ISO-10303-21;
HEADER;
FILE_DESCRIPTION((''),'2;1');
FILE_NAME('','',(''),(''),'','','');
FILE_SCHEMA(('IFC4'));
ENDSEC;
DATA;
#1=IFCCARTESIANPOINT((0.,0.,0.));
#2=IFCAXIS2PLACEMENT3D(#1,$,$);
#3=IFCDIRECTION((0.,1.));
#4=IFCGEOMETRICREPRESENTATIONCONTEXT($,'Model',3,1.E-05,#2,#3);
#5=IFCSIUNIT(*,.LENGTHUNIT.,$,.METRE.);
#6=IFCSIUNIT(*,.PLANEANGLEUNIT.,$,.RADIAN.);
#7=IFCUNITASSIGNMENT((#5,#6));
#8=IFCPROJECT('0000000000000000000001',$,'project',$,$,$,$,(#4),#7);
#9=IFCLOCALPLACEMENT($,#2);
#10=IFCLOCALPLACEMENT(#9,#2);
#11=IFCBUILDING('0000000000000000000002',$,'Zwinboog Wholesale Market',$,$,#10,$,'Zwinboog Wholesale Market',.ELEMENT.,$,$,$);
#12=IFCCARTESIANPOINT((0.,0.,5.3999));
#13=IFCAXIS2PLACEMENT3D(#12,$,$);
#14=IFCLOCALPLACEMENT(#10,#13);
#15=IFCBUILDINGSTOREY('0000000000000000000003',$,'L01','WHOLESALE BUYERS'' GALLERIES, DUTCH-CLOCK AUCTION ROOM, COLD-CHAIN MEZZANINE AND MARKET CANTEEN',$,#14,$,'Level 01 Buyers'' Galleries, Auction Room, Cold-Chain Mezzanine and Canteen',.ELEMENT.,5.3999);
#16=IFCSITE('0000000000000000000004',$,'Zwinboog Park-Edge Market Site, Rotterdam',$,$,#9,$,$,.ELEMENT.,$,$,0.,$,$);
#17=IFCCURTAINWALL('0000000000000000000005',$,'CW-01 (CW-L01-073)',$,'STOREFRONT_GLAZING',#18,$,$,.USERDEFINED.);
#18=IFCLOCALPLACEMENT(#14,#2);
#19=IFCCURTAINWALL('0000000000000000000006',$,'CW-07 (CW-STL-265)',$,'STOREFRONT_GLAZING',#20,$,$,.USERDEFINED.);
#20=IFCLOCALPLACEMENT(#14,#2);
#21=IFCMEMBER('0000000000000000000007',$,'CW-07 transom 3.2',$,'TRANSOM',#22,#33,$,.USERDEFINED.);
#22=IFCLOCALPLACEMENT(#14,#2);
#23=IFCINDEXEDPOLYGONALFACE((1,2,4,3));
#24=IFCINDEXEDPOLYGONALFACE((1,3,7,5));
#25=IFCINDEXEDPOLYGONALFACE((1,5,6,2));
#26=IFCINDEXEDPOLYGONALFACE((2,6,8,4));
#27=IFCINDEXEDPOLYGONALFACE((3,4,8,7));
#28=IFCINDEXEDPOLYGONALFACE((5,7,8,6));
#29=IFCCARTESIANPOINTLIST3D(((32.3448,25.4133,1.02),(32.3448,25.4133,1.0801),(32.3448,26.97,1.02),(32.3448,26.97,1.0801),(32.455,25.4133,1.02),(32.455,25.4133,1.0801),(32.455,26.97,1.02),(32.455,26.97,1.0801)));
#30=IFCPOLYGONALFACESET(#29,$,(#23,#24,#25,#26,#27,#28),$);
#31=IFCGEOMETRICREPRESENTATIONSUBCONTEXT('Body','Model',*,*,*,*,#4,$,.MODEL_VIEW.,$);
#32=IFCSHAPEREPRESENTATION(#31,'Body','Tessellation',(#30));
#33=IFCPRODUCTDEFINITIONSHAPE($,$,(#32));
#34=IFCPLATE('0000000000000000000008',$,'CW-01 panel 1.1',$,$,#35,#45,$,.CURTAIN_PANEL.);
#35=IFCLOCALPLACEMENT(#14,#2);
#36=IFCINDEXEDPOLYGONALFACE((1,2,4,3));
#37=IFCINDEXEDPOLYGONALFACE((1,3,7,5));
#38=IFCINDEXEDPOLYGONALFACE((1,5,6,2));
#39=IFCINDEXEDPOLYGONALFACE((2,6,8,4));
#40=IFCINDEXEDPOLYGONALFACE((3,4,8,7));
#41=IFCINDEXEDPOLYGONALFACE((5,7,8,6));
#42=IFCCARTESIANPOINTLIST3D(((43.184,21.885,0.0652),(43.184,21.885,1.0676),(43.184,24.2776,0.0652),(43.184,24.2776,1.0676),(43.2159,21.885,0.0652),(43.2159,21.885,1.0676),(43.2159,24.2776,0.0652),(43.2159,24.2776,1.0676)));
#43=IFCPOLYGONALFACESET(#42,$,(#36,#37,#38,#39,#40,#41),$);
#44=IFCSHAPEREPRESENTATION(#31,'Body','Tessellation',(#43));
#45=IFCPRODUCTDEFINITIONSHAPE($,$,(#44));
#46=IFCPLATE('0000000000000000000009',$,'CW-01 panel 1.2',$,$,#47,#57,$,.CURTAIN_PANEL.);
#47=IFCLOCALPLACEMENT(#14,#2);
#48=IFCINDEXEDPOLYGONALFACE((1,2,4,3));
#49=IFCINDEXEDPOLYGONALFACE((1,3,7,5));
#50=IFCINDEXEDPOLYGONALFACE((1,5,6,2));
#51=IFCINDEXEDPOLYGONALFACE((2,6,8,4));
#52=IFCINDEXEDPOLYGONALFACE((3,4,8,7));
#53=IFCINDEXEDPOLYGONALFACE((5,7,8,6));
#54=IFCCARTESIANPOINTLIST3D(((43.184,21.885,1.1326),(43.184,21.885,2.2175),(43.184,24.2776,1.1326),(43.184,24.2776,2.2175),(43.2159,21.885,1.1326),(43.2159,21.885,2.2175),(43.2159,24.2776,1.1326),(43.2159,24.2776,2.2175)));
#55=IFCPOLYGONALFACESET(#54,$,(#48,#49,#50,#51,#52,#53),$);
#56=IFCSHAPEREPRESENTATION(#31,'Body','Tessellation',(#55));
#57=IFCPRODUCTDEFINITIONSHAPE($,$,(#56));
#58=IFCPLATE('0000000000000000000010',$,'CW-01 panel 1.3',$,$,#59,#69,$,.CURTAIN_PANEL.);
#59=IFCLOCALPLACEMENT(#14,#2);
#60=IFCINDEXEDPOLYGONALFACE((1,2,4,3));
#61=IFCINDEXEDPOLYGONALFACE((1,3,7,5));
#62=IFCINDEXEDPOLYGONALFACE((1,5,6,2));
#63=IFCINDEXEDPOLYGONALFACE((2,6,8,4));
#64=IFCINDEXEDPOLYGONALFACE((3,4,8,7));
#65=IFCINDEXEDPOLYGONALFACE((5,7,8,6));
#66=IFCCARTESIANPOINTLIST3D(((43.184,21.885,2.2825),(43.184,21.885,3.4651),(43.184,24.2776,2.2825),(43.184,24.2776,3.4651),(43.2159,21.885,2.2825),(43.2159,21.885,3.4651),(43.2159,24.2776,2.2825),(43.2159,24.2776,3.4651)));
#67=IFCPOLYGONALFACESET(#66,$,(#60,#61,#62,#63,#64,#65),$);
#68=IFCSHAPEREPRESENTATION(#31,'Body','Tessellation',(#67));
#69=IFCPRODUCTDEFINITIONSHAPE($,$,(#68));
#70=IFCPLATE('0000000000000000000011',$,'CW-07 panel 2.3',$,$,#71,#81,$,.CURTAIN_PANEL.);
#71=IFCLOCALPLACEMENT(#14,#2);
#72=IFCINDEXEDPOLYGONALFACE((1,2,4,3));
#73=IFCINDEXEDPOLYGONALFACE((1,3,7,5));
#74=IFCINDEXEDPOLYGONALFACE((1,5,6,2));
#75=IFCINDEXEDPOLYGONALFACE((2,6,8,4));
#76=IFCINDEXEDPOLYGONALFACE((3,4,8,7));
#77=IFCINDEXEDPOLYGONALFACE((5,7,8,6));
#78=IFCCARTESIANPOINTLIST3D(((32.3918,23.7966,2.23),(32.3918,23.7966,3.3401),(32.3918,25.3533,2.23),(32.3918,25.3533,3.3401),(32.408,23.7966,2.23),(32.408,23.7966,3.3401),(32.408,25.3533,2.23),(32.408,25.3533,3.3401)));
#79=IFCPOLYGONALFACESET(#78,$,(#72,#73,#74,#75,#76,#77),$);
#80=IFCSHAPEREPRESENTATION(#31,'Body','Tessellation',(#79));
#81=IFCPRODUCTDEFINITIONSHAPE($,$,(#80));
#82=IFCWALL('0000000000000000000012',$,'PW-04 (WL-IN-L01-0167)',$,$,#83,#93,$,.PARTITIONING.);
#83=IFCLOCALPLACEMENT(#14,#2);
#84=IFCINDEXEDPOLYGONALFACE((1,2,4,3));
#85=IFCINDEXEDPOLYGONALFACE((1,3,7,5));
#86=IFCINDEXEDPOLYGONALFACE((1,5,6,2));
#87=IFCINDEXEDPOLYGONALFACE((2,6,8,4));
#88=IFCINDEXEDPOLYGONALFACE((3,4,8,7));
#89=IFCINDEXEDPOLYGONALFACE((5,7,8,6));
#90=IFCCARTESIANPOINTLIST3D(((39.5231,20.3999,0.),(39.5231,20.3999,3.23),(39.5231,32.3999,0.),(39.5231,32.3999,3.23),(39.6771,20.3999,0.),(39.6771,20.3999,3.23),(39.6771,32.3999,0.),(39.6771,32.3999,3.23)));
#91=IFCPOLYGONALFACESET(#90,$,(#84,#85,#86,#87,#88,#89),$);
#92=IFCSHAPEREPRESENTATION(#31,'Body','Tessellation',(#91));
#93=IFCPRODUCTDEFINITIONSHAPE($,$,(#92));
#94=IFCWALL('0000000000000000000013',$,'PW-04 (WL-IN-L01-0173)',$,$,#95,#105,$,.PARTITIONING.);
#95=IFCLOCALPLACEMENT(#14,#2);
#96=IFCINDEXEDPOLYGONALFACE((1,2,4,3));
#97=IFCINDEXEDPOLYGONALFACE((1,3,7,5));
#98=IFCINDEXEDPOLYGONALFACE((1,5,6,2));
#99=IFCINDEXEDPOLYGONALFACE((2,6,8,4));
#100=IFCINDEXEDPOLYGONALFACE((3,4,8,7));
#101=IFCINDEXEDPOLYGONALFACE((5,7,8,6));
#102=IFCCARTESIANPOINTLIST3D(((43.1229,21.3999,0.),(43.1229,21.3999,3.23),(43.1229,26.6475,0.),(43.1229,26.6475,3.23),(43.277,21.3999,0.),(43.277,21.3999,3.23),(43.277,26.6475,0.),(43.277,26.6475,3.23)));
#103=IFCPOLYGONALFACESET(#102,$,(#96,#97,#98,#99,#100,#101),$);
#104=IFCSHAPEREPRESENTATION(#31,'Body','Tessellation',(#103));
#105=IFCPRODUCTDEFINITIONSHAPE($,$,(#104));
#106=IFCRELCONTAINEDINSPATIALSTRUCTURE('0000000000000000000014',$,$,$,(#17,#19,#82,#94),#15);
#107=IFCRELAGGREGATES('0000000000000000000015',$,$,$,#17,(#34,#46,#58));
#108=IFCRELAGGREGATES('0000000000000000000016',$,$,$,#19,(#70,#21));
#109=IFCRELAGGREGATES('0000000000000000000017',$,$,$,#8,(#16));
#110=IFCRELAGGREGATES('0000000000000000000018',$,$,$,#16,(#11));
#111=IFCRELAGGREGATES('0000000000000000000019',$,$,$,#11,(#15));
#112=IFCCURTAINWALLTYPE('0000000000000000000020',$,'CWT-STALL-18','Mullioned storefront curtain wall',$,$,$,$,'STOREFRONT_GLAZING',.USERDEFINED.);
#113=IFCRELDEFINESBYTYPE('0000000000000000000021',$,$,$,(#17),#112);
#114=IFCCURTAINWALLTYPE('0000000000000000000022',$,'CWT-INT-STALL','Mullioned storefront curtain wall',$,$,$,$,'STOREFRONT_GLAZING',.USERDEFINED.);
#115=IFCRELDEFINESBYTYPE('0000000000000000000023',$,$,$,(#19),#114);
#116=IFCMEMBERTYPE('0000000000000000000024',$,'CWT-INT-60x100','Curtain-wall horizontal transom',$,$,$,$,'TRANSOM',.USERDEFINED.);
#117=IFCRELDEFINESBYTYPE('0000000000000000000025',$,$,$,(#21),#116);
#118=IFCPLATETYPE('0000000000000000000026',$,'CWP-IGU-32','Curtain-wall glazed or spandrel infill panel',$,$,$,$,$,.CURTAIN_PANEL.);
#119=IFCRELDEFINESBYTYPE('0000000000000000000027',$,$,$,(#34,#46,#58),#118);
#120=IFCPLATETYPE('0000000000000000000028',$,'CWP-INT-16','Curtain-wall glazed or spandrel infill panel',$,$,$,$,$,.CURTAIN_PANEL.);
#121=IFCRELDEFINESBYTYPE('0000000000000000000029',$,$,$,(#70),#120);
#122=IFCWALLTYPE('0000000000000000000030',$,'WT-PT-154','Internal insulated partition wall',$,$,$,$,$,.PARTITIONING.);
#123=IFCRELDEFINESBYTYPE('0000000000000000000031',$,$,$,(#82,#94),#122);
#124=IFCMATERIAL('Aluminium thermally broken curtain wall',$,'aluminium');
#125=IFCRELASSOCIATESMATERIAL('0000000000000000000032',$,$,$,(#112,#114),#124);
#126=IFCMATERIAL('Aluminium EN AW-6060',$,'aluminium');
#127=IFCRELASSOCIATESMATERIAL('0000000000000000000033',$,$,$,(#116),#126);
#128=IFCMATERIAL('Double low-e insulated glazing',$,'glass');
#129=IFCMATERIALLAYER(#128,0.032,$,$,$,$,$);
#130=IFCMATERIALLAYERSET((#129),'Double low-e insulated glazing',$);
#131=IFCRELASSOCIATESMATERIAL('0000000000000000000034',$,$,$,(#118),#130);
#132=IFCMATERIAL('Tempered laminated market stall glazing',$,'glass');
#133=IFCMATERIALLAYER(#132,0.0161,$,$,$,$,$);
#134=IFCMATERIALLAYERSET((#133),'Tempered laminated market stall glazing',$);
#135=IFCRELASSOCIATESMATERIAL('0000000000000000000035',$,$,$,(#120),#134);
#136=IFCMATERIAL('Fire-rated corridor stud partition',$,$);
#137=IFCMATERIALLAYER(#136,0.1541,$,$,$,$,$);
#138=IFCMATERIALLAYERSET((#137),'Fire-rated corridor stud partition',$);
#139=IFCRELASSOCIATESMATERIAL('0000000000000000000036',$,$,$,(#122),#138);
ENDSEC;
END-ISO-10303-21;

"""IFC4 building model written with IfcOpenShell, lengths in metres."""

from ifc_helpers import new_model, si_unit, direction, frame, frame_2d, origin, origin_2d, place, context, subcontext, project, spatial, rectangle, extrude, material, layer, layer_set, material_profile, profile_set, type_object, element, aggregate, save


model = new_model("IFC4")

# Units and contexts
model_context = context("Model", 3, precision=1e-05, world=origin(), true_north=direction((0.0, 1.0)))
body_context = subcontext(model_context, "Body", "Model", "MODEL_VIEW")
ifc_project = project(units=[si_unit("LENGTHUNIT", "METRE"), si_unit("PLANEANGLEUNIT", "RADIAN")], contexts=[model_context])

# Site, building, storey
site_placement = place(None, origin())
site = spatial("IfcSite", under=ifc_project, at=site_placement, Name="Zwinboog Park-Edge Market Site, Rotterdam", CompositionType="ELEMENT", RefElevation=0.0)
building_placement = place(site_placement, origin())
building = spatial("IfcBuilding", under=site, at=building_placement, Name="Zwinboog Wholesale Market", LongName="Zwinboog Wholesale Market", CompositionType="ELEMENT")
storey_placement = place(building_placement, frame((0.0, 0.0, 5.3999)))
storey = spatial("IfcBuildingStorey", under=building, at=storey_placement, Name="L01", Description="WHOLESALE BUYERS' GALLERIES, DUTCH-CLOCK AUCTION ROOM, COLD-CHAIN MEZZANINE AND MARKET CANTEEN", LongName="Level 01 Buyers' Galleries, Auction Room, Cold-Chain Mezzanine and Canteen", CompositionType="ELEMENT", Elevation=5.3999)

# Curtain walls, member
ifc_material_1 = material(Name="Aluminium thermally broken curtain wall", Category="aluminium")
curtain_wall_type_1 = type_object("IfcCurtainWallType", Name="CWT-STALL-18", Description="Mullioned storefront curtain wall", ElementType="STOREFRONT_GLAZING", PredefinedType="USERDEFINED", material=ifc_material_1)
curtain_wall_1_placement = place(storey_placement, origin())
curtain_wall_1 = element("IfcCurtainWall", 1, at=curtain_wall_1_placement, inside=storey, type_object=curtain_wall_type_1, Name="CW-01 (CW-L01-073)", ObjectType="STOREFRONT_GLAZING", PredefinedType="USERDEFINED")
ifc_material_2 = material(Name="Aluminium EN AW-6060", Category="aluminium")
curtain_wall_type_2 = type_object("IfcCurtainWallType", Name="CWT-INT-STALL", Description="Mullioned storefront curtain wall", ElementType="STOREFRONT_GLAZING", PredefinedType="USERDEFINED", material=ifc_material_1)
curtain_wall_2_placement = place(storey_placement, origin())
curtain_wall_2 = element("IfcCurtainWall", 2, at=curtain_wall_2_placement, inside=storey, type_object=curtain_wall_type_2, Name="CW-07 (CW-STL-265)", ObjectType="STOREFRONT_GLAZING", PredefinedType="USERDEFINED")
ifc_material_profile_1 = material_profile(ifc_material_2, rectangle(XDim=0.1101, YDim=0.0601, at=origin_2d()), Name="AL 60x110")
ifc_profile_set_1 = profile_set([ifc_material_profile_1], Name="Aluminium EN AW-6060")
member_type_1 = type_object("IfcMemberType", Name="CWT-INT-60x100", Description="Curtain-wall horizontal transom", ElementType="TRANSOM", PredefinedType="USERDEFINED", material=ifc_profile_set_1)
member_1_placement = place(storey_placement, frame((32.3999, 25.4133, 1.05), z_axis=(0.0, 1.0, 0.0), x_axis=(-1.0, 0.0, 0.0)))
member_1 = element("IfcMember", 3, at=member_1_placement, type_object=member_type_1, Name="CW-07 transom 3.2", ObjectType="TRANSOM", PredefinedType="USERDEFINED", context=body_context, shape_type="SweptSolid", body=[
    extrude(rectangle(XDim=0.1101, YDim=0.0601, at=origin_2d()), origin(), (0.0, 0.0, 1.0), 1.5566),
])

# Plates
ifc_material_3 = material(Name="Double low-e insulated glazing", Category="glass")
ifc_layer_1 = layer(ifc_material_3, 0.032)
ifc_layer_set_1 = layer_set([ifc_layer_1], Name="Double low-e insulated glazing")
plate_type_1 = type_object("IfcPlateType", Name="CWP-IGU-32", Description="Curtain-wall glazed or spandrel infill panel", PredefinedType="CURTAIN_PANEL", material=ifc_layer_set_1)
plate_1_placement = place(storey_placement, frame((43.2, 23.0813, 0.0652), z_axis=(0.0, 0.0, 1.0), x_axis=(0.0, 1.0, 0.0)))
plate_1 = element("IfcPlate", 4, at=plate_1_placement, type_object=plate_type_1, Name="CW-01 panel 1.1", PredefinedType="CURTAIN_PANEL", context=body_context, shape_type="SweptSolid", body=[
    extrude(rectangle(XDim=2.3926, YDim=0.032, at=origin_2d()), origin(), (0.0, 0.0, 1.0), 1.0024),
])
plate_2_placement = place(storey_placement, frame((43.2, 23.0813, 1.1326), z_axis=(0.0, 0.0, 1.0), x_axis=(0.0, 1.0, 0.0)))
plate_2 = element("IfcPlate", 5, at=plate_2_placement, type_object=plate_type_1, Name="CW-01 panel 1.2", PredefinedType="CURTAIN_PANEL", context=body_context, shape_type="SweptSolid", body=[
    extrude(rectangle(XDim=2.3926, YDim=0.032, at=origin_2d()), origin(), (0.0, 0.0, 1.0), 1.085),
])
plate_3_placement = place(storey_placement, frame((43.2, 23.0813, 2.2825), z_axis=(0.0, 0.0, 1.0), x_axis=(0.0, 1.0, 0.0)))
plate_3 = element("IfcPlate", 6, at=plate_3_placement, type_object=plate_type_1, Name="CW-01 panel 1.3", PredefinedType="CURTAIN_PANEL", context=body_context, shape_type="SweptSolid", body=[
    extrude(rectangle(XDim=2.3926, YDim=0.032, at=origin_2d()), origin(), (0.0, 0.0, 1.0), 1.1826),
])
aggregate(curtain_wall_1, [plate_1, plate_2, plate_3])
ifc_material_4 = material(Name="Tempered laminated market stall glazing", Category="glass")
ifc_layer_2 = layer(ifc_material_4, 0.0161)
ifc_layer_set_2 = layer_set([ifc_layer_2], Name="Tempered laminated market stall glazing")
plate_type_2 = type_object("IfcPlateType", Name="CWP-INT-16", Description="Curtain-wall glazed or spandrel infill panel", PredefinedType="CURTAIN_PANEL", material=ifc_layer_set_2)
plate_4_placement = place(storey_placement, frame((32.3999, 24.575, 2.23), z_axis=(0.0, 0.0, 1.0), x_axis=(0.0, 1.0, 0.0)))
plate_4 = element("IfcPlate", 7, at=plate_4_placement, type_object=plate_type_2, Name="CW-07 panel 2.3", PredefinedType="CURTAIN_PANEL", context=body_context, shape_type="SweptSolid", body=[
    extrude(rectangle(XDim=1.5566, YDim=0.0161, at=origin_2d()), origin(), (0.0, 0.0, 1.0), 1.1101),
])
aggregate(curtain_wall_2, [plate_4, member_1])

# Walls
ifc_material_5 = material(Name="Fire-rated corridor stud partition")
ifc_layer_3 = layer(ifc_material_5, 0.1541)
ifc_layer_set_3 = layer_set([ifc_layer_3], Name="Fire-rated corridor stud partition")
wall_type = type_object("IfcWallType", Name="WT-PT-154", Description="Internal insulated partition wall", PredefinedType="PARTITIONING", material=ifc_layer_set_3)
wall_1_placement = place(storey_placement, frame((39.6001, 20.3999, 0.0), z_axis=(0.0, 0.0, 1.0), x_axis=(0.0, 1.0, 0.0)))
element("IfcWall", 8, at=wall_1_placement, inside=storey, type_object=wall_type, Name="PW-04 (WL-IN-L01-0167)", PredefinedType="PARTITIONING", context=body_context, shape_type="SweptSolid", body=[
    extrude(rectangle(XDim=12.0, YDim=0.1541, at=frame_2d((6.0, 0.0))), origin(), (0.0, 0.0, 1.0), 3.23),
])
wall_2_placement = place(storey_placement, frame((43.2, 21.3999, 0.0), z_axis=(0.0, 0.0, 1.0), x_axis=(0.0, 1.0, 0.0)))
element("IfcWall", 9, at=wall_2_placement, inside=storey, type_object=wall_type, Name="PW-04 (WL-IN-L01-0173)", PredefinedType="PARTITIONING", context=body_context, shape_type="SweptSolid", body=[
    extrude(rectangle(XDim=5.2476, YDim=0.1541, at=frame_2d((2.6238, 0.0))), origin(), (0.0, 0.0, 1.0), 3.23),
])

save(model, "model.ifc")
